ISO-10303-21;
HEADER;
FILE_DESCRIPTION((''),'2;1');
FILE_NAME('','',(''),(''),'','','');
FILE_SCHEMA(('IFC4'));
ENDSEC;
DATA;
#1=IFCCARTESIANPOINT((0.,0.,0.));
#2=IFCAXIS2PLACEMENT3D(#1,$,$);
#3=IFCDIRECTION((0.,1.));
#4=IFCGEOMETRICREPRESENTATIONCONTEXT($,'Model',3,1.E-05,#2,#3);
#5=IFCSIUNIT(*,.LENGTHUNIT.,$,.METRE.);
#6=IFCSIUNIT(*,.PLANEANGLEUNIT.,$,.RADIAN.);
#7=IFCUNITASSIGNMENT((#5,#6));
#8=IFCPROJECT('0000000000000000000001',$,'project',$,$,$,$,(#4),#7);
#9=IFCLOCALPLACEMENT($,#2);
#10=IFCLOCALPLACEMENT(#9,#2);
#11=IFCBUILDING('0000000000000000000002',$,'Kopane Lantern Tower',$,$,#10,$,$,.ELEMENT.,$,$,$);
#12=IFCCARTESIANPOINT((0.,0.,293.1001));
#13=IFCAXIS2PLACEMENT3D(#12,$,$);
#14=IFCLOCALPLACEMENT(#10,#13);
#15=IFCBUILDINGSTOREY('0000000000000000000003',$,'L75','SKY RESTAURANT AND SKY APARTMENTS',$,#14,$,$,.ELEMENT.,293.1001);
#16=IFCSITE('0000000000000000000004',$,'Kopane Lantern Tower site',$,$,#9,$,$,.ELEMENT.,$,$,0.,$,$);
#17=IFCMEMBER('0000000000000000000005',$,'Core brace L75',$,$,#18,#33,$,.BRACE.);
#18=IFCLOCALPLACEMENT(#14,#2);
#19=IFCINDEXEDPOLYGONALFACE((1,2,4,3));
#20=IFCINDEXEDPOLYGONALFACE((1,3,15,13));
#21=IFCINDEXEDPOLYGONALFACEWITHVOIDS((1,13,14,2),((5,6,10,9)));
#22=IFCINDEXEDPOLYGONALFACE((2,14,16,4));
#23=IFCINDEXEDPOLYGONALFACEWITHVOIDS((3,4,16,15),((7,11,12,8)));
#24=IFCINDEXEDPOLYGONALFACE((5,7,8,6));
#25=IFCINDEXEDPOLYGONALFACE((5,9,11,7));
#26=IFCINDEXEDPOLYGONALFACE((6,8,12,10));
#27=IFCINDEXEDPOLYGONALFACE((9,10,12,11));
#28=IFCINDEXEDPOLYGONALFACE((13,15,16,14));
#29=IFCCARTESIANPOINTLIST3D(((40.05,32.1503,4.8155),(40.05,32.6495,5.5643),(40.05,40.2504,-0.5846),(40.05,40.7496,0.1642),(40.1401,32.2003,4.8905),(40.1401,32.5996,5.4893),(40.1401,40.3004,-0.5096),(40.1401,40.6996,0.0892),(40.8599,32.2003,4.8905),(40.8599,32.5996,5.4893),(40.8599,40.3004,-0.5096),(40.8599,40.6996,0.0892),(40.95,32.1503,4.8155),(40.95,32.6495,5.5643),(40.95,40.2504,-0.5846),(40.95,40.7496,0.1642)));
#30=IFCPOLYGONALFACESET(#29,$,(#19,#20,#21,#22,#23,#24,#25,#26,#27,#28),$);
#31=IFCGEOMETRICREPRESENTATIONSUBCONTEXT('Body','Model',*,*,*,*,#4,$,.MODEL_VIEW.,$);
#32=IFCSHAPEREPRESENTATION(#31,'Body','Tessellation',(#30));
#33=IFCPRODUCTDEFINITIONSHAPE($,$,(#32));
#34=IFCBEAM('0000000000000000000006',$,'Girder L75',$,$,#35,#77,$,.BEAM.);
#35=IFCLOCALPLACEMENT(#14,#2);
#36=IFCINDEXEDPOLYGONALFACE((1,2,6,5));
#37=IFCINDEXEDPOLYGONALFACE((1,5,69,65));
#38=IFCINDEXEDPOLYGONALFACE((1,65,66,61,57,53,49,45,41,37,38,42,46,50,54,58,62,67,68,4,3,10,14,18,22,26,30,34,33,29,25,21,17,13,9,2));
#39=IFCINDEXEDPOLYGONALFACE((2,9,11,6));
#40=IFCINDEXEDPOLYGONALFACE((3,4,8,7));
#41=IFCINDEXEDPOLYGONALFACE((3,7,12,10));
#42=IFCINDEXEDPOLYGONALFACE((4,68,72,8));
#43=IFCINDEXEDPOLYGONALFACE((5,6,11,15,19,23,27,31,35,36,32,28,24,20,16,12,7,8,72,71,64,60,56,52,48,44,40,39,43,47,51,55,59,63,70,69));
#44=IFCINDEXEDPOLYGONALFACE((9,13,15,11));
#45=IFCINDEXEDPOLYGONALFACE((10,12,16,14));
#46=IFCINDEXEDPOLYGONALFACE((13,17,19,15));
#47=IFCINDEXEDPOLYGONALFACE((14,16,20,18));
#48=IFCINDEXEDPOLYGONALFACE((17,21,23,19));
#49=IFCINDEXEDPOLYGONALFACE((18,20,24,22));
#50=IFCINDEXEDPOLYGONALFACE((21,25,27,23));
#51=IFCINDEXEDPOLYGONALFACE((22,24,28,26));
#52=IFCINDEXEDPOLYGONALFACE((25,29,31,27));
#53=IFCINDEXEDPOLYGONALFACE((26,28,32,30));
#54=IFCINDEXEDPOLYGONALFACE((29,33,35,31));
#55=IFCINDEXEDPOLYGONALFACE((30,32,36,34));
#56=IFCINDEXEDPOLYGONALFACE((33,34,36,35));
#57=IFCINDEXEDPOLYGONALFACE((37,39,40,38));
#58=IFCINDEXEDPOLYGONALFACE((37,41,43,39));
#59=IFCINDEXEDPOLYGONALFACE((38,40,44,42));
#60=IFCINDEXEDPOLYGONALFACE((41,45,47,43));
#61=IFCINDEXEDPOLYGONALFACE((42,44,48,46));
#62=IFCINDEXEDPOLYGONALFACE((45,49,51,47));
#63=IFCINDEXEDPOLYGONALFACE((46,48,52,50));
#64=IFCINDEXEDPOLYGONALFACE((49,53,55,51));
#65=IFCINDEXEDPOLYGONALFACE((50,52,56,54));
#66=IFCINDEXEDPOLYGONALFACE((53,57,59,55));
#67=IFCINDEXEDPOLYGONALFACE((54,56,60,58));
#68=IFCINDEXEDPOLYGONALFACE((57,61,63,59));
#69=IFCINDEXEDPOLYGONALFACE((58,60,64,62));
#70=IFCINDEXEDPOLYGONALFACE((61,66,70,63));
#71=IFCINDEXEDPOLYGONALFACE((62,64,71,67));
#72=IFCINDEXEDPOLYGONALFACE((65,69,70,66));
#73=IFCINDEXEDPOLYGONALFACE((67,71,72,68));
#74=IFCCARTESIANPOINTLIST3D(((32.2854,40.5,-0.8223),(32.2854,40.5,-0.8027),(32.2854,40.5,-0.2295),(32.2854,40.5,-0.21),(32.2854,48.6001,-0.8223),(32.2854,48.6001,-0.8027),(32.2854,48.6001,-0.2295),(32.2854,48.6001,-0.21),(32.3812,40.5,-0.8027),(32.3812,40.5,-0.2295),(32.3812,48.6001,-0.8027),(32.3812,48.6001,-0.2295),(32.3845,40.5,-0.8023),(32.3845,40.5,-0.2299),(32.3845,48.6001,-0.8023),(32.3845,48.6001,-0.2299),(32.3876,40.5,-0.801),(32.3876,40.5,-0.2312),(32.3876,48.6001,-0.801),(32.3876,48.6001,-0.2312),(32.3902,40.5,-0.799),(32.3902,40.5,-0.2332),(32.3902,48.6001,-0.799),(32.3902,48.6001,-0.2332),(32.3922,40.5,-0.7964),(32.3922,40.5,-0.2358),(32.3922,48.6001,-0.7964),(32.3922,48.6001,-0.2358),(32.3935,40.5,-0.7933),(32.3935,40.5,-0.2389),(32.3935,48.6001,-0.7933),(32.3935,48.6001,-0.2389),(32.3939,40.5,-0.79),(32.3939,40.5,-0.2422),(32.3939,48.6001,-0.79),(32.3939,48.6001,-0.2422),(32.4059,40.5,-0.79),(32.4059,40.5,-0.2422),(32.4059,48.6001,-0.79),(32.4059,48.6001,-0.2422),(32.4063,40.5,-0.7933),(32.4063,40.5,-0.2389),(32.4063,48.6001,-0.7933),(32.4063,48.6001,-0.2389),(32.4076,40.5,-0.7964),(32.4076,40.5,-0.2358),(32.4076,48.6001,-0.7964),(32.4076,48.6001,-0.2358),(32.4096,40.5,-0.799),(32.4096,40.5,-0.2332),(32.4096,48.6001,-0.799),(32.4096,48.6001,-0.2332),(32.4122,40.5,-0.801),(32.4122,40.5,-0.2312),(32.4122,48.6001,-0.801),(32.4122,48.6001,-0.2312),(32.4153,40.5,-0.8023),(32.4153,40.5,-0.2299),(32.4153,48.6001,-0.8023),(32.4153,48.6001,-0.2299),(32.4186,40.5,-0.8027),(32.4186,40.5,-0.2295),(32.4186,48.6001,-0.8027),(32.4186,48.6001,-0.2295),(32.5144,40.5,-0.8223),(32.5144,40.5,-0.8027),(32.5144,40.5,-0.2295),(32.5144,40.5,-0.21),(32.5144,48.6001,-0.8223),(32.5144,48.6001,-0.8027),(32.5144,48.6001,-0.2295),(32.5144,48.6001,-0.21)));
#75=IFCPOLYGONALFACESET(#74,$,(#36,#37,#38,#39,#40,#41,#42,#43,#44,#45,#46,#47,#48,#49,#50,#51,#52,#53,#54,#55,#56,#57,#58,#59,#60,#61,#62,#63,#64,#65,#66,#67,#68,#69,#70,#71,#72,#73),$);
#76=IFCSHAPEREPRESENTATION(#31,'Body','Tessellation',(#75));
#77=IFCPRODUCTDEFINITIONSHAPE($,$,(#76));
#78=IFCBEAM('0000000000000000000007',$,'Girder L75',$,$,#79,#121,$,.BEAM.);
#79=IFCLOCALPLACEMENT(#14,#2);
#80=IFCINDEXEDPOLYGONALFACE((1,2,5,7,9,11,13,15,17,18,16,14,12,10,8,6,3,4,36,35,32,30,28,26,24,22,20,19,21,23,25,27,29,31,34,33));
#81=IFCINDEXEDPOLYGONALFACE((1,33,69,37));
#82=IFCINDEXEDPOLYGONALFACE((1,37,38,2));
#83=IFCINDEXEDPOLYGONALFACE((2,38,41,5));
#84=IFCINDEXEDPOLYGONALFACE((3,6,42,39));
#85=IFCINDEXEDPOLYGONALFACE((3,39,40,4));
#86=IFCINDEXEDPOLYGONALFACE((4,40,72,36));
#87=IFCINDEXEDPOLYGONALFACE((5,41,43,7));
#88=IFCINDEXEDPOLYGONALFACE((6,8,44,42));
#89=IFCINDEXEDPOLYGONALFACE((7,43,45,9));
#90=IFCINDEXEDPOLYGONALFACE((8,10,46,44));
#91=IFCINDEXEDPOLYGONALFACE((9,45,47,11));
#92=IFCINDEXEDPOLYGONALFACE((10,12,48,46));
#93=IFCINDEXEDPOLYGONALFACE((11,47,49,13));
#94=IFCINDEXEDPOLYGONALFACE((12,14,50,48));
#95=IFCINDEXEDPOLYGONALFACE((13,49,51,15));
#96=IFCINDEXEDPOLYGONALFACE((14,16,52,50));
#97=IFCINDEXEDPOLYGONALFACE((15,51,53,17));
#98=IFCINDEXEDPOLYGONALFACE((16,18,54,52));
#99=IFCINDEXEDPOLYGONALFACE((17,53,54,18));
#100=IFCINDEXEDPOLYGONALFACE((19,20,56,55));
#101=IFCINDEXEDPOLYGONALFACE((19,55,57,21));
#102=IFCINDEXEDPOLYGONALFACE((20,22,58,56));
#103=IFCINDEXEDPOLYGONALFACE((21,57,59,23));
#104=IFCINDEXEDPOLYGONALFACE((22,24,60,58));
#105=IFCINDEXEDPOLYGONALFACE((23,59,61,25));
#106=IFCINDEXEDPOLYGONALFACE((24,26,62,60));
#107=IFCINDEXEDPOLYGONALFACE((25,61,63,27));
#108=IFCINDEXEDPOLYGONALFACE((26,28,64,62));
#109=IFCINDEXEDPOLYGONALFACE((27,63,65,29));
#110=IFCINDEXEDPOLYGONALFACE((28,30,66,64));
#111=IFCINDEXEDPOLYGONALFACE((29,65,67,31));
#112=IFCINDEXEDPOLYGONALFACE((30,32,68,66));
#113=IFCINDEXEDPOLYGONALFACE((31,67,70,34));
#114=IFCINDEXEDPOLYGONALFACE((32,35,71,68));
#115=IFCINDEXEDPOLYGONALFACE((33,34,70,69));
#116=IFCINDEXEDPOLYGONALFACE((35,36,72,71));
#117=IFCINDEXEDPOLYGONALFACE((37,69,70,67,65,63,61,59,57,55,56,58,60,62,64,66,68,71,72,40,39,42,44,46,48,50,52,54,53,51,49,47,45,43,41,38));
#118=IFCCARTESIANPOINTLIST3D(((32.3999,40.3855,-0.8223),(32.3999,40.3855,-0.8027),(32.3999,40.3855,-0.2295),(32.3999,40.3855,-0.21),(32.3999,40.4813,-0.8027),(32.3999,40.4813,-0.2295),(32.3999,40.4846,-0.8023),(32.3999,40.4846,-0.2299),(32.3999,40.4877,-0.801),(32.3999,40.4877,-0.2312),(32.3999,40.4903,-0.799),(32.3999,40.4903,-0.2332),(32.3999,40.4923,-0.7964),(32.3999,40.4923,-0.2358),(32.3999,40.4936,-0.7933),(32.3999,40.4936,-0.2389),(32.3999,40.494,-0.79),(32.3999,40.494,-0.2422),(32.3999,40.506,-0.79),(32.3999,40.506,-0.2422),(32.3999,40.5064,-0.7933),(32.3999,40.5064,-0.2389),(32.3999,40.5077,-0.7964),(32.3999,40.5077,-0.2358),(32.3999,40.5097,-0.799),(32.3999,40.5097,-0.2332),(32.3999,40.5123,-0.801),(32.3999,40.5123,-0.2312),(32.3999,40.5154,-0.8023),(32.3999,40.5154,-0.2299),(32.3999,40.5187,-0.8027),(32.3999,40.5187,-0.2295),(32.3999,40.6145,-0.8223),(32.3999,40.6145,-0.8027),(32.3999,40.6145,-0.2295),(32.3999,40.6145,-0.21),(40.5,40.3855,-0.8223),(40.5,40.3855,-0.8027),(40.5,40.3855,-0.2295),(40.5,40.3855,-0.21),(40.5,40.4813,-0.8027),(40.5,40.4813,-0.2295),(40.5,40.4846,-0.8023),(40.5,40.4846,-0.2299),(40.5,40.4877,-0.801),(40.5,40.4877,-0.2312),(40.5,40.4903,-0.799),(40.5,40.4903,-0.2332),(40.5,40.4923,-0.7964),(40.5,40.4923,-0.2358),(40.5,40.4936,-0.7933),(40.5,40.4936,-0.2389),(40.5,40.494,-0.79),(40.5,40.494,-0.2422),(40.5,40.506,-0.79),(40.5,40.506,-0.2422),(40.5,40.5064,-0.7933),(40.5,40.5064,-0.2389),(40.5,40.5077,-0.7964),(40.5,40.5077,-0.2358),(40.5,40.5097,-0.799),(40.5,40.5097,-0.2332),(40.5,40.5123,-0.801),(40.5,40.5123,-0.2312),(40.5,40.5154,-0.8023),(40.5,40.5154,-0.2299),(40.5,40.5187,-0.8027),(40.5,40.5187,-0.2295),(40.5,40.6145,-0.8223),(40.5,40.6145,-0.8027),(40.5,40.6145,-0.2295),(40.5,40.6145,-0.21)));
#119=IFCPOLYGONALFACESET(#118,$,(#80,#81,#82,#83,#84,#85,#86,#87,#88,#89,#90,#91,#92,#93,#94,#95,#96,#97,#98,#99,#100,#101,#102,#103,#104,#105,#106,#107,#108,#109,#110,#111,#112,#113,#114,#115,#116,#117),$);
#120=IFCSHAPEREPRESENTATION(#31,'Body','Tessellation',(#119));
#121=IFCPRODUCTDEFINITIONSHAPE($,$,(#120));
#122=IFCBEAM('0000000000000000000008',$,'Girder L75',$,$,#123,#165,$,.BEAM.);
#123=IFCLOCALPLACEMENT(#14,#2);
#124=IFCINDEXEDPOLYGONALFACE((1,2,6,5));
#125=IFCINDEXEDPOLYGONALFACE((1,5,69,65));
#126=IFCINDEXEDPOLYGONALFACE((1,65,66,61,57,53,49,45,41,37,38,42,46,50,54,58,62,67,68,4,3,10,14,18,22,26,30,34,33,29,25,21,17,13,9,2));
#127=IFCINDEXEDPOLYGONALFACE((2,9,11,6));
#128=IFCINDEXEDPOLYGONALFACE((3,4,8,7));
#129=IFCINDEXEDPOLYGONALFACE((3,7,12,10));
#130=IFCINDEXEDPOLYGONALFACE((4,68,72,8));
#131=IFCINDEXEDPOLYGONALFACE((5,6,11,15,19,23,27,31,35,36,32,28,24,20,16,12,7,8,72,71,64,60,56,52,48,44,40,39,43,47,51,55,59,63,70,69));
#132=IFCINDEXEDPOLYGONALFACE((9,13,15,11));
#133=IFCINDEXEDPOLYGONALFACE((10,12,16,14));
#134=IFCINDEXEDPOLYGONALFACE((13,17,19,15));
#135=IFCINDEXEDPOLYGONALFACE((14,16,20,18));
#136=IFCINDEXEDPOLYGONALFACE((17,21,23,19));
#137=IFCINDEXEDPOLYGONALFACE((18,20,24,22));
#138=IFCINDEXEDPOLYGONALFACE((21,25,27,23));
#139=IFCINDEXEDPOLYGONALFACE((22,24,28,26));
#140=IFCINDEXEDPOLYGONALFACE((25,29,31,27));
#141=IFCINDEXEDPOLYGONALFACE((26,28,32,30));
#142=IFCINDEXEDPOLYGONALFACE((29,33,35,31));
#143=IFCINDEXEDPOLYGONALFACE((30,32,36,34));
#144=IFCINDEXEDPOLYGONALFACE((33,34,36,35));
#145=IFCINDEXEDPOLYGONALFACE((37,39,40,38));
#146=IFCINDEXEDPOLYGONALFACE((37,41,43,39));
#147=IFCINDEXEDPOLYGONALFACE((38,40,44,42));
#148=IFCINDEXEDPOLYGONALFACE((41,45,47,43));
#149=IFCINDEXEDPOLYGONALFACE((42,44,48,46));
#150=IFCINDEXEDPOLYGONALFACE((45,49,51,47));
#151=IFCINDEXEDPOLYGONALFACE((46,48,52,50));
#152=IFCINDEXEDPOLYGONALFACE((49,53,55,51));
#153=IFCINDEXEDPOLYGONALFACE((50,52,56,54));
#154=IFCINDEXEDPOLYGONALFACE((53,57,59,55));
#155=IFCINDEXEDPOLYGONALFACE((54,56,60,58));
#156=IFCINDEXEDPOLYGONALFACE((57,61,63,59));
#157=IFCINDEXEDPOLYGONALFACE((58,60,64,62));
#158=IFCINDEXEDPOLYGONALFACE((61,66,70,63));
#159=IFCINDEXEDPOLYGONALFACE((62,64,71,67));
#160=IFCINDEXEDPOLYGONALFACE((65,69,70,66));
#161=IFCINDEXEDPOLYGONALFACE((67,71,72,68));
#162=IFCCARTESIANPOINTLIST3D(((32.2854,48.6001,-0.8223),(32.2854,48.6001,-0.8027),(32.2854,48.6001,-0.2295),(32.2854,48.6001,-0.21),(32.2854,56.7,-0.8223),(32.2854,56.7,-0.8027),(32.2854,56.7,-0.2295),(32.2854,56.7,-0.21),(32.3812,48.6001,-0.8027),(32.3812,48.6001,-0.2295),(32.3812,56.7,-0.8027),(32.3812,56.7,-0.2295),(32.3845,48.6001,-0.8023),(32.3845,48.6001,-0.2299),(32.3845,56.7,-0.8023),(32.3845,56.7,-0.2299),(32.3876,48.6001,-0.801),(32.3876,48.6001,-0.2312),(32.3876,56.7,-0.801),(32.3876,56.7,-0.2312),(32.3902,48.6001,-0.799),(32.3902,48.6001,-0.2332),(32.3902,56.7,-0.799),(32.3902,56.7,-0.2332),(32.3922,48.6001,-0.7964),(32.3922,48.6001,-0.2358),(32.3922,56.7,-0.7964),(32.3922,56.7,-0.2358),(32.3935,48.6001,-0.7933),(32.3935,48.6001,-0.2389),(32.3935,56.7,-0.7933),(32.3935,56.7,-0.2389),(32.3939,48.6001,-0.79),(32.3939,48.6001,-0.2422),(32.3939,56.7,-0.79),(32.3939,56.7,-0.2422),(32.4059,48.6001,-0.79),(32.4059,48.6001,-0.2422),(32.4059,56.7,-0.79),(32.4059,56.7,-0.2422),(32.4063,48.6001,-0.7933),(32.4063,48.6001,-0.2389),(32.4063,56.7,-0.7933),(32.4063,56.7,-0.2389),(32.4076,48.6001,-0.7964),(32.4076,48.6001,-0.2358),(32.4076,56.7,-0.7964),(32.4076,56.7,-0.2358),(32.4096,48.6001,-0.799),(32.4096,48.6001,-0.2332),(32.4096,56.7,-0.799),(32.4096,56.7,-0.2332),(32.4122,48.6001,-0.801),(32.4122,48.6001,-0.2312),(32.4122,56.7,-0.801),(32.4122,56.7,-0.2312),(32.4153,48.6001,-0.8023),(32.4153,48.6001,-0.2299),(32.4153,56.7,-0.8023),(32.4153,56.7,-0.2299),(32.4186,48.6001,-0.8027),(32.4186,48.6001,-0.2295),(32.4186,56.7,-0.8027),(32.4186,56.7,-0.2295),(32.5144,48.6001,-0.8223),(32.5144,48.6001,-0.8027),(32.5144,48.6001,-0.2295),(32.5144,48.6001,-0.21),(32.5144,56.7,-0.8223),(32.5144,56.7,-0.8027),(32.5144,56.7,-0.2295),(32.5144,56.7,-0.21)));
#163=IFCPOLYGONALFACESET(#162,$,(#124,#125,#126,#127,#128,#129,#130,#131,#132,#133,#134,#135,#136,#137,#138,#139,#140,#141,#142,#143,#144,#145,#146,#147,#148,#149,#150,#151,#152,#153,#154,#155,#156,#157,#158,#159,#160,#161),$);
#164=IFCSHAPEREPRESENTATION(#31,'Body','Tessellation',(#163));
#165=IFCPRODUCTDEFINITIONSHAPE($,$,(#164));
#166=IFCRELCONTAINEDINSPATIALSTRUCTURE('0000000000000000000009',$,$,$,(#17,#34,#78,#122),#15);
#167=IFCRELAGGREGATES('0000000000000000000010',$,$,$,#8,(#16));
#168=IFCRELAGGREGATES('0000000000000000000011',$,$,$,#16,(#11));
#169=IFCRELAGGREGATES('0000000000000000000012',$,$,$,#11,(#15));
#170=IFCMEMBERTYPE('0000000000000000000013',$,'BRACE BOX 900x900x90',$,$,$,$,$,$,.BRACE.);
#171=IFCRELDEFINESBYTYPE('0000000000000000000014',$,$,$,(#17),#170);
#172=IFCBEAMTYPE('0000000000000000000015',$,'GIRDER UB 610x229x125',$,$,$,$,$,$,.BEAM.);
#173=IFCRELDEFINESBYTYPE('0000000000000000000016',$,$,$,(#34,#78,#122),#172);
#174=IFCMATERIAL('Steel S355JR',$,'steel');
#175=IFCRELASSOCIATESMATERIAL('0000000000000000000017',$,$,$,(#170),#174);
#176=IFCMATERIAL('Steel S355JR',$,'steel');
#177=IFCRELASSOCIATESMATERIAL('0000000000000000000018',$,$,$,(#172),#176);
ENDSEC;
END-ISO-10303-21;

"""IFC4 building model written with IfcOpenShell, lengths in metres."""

from ifc_helpers import new_model, si_unit, direction, frame, origin, origin_2d, place, context, subcontext, project, spatial, hollow_rectangle, i_section, extrude, material, material_profile, profile_set, type_object, element, save


model = new_model("IFC4")

# Units and contexts
model_context = context("Model", 3, precision=1e-05, world=origin(), true_north=direction((0.0, 1.0)))
body_context = subcontext(model_context, "Body", "Model", "MODEL_VIEW")
ifc_project = project(units=[si_unit("LENGTHUNIT", "METRE"), si_unit("PLANEANGLEUNIT", "RADIAN")], contexts=[model_context])

# Site, building, storey
site_placement = place(None, origin())
site = spatial("IfcSite", under=ifc_project, at=site_placement, Name="Kopane Lantern Tower site", CompositionType="ELEMENT", RefElevation=0.0)
building_placement = place(site_placement, origin())
building = spatial("IfcBuilding", under=site, at=building_placement, Name="Kopane Lantern Tower", CompositionType="ELEMENT")
storey_placement = place(building_placement, frame((0.0, 0.0, 293.1001)))
storey = spatial("IfcBuildingStorey", under=building, at=storey_placement, Name="L75", Description="SKY RESTAURANT AND SKY APARTMENTS", CompositionType="ELEMENT", Elevation=293.1001)

# Member
ifc_material_1 = material(Name="Steel S355JR", Category="steel")
ifc_material_profile_1 = material_profile(ifc_material_1, hollow_rectangle(XDim=0.8999, YDim=0.8999, WallThickness=0.0901, at=origin_2d()), Name="BOX 900x900x90")
ifc_profile_set_1 = profile_set([ifc_material_profile_1], Name="Steel S355JR")
member_type_1 = type_object("IfcMemberType", Name="BRACE BOX 900x900x90", PredefinedType="BRACE", material=ifc_profile_set_1)
member_1_placement = place(storey_placement, frame((40.5, 40.5, -0.2102), z_axis=(0.0, -0.832046, 0.554706), x_axis=(1.0, 0.0, 0.0)))
element("IfcMember", 1, at=member_1_placement, inside=storey, type_object=member_type_1, Name="Core brace L75", PredefinedType="BRACE", context=body_context, shape_type="SweptSolid", body=[
    extrude(hollow_rectangle(XDim=0.8999, YDim=0.8999, WallThickness=0.0901, at=origin_2d()), origin(), (0.0, 0.0, 1.0), 9.7351),
])

# Beams
ifc_material_2 = material(Name="Steel S355JR", Category="steel")
ifc_material_profile_2 = material_profile(ifc_material_2, i_section(OverallWidth=0.229, OverallDepth=0.6123, WebThickness=0.012, FlangeThickness=0.0195, FilletRadius=0.0127, at=origin_2d()), Name="UB 610x229x125")
ifc_profile_set_2 = profile_set([ifc_material_profile_2], Name="Steel S355JR")
beam_type = type_object("IfcBeamType", Name="GIRDER UB 610x229x125", PredefinedType="BEAM", material=ifc_profile_set_2)
for number, where, z_axis, x_axis, name in (
    (2, (32.3999, 40.5, -0.5161), (0.0, 1.0, 0.0), (-1.0, 0.0, 0.0), "Girder L75"),
    (3, (32.3999, 40.5, -0.5161), (1.0, 0.0, 0.0), (0.0, 1.0, 0.0), "Girder L75"),
):
    element("IfcBeam", number, at=place(storey_placement, frame(where, z_axis=z_axis, x_axis=x_axis)), inside=storey, type_object=beam_type, Name=name, PredefinedType="BEAM", context=body_context, shape_type="SweptSolid", body=[
        extrude(i_section(OverallWidth=0.229, OverallDepth=0.6123, WebThickness=0.012, FlangeThickness=0.0195, FilletRadius=0.0127, at=origin_2d()), origin(), (0.0, 0.0, 1.0), 8.1001),
    ])
beam_1_placement = place(storey_placement, frame((32.3999, 48.6001, -0.5161), z_axis=(0.0, 1.0, 0.0), x_axis=(-1.0, 0.0, 0.0)))
element("IfcBeam", 4, at=beam_1_placement, inside=storey, type_object=beam_type, Name="Girder L75", PredefinedType="BEAM", context=body_context, shape_type="SweptSolid", body=[
    extrude(i_section(OverallWidth=0.229, OverallDepth=0.6123, WebThickness=0.012, FlangeThickness=0.0195, FilletRadius=0.0127, at=origin_2d()), origin(), (0.0, 0.0, 1.0), 8.0999),
])

save(model, "model.ifc")
